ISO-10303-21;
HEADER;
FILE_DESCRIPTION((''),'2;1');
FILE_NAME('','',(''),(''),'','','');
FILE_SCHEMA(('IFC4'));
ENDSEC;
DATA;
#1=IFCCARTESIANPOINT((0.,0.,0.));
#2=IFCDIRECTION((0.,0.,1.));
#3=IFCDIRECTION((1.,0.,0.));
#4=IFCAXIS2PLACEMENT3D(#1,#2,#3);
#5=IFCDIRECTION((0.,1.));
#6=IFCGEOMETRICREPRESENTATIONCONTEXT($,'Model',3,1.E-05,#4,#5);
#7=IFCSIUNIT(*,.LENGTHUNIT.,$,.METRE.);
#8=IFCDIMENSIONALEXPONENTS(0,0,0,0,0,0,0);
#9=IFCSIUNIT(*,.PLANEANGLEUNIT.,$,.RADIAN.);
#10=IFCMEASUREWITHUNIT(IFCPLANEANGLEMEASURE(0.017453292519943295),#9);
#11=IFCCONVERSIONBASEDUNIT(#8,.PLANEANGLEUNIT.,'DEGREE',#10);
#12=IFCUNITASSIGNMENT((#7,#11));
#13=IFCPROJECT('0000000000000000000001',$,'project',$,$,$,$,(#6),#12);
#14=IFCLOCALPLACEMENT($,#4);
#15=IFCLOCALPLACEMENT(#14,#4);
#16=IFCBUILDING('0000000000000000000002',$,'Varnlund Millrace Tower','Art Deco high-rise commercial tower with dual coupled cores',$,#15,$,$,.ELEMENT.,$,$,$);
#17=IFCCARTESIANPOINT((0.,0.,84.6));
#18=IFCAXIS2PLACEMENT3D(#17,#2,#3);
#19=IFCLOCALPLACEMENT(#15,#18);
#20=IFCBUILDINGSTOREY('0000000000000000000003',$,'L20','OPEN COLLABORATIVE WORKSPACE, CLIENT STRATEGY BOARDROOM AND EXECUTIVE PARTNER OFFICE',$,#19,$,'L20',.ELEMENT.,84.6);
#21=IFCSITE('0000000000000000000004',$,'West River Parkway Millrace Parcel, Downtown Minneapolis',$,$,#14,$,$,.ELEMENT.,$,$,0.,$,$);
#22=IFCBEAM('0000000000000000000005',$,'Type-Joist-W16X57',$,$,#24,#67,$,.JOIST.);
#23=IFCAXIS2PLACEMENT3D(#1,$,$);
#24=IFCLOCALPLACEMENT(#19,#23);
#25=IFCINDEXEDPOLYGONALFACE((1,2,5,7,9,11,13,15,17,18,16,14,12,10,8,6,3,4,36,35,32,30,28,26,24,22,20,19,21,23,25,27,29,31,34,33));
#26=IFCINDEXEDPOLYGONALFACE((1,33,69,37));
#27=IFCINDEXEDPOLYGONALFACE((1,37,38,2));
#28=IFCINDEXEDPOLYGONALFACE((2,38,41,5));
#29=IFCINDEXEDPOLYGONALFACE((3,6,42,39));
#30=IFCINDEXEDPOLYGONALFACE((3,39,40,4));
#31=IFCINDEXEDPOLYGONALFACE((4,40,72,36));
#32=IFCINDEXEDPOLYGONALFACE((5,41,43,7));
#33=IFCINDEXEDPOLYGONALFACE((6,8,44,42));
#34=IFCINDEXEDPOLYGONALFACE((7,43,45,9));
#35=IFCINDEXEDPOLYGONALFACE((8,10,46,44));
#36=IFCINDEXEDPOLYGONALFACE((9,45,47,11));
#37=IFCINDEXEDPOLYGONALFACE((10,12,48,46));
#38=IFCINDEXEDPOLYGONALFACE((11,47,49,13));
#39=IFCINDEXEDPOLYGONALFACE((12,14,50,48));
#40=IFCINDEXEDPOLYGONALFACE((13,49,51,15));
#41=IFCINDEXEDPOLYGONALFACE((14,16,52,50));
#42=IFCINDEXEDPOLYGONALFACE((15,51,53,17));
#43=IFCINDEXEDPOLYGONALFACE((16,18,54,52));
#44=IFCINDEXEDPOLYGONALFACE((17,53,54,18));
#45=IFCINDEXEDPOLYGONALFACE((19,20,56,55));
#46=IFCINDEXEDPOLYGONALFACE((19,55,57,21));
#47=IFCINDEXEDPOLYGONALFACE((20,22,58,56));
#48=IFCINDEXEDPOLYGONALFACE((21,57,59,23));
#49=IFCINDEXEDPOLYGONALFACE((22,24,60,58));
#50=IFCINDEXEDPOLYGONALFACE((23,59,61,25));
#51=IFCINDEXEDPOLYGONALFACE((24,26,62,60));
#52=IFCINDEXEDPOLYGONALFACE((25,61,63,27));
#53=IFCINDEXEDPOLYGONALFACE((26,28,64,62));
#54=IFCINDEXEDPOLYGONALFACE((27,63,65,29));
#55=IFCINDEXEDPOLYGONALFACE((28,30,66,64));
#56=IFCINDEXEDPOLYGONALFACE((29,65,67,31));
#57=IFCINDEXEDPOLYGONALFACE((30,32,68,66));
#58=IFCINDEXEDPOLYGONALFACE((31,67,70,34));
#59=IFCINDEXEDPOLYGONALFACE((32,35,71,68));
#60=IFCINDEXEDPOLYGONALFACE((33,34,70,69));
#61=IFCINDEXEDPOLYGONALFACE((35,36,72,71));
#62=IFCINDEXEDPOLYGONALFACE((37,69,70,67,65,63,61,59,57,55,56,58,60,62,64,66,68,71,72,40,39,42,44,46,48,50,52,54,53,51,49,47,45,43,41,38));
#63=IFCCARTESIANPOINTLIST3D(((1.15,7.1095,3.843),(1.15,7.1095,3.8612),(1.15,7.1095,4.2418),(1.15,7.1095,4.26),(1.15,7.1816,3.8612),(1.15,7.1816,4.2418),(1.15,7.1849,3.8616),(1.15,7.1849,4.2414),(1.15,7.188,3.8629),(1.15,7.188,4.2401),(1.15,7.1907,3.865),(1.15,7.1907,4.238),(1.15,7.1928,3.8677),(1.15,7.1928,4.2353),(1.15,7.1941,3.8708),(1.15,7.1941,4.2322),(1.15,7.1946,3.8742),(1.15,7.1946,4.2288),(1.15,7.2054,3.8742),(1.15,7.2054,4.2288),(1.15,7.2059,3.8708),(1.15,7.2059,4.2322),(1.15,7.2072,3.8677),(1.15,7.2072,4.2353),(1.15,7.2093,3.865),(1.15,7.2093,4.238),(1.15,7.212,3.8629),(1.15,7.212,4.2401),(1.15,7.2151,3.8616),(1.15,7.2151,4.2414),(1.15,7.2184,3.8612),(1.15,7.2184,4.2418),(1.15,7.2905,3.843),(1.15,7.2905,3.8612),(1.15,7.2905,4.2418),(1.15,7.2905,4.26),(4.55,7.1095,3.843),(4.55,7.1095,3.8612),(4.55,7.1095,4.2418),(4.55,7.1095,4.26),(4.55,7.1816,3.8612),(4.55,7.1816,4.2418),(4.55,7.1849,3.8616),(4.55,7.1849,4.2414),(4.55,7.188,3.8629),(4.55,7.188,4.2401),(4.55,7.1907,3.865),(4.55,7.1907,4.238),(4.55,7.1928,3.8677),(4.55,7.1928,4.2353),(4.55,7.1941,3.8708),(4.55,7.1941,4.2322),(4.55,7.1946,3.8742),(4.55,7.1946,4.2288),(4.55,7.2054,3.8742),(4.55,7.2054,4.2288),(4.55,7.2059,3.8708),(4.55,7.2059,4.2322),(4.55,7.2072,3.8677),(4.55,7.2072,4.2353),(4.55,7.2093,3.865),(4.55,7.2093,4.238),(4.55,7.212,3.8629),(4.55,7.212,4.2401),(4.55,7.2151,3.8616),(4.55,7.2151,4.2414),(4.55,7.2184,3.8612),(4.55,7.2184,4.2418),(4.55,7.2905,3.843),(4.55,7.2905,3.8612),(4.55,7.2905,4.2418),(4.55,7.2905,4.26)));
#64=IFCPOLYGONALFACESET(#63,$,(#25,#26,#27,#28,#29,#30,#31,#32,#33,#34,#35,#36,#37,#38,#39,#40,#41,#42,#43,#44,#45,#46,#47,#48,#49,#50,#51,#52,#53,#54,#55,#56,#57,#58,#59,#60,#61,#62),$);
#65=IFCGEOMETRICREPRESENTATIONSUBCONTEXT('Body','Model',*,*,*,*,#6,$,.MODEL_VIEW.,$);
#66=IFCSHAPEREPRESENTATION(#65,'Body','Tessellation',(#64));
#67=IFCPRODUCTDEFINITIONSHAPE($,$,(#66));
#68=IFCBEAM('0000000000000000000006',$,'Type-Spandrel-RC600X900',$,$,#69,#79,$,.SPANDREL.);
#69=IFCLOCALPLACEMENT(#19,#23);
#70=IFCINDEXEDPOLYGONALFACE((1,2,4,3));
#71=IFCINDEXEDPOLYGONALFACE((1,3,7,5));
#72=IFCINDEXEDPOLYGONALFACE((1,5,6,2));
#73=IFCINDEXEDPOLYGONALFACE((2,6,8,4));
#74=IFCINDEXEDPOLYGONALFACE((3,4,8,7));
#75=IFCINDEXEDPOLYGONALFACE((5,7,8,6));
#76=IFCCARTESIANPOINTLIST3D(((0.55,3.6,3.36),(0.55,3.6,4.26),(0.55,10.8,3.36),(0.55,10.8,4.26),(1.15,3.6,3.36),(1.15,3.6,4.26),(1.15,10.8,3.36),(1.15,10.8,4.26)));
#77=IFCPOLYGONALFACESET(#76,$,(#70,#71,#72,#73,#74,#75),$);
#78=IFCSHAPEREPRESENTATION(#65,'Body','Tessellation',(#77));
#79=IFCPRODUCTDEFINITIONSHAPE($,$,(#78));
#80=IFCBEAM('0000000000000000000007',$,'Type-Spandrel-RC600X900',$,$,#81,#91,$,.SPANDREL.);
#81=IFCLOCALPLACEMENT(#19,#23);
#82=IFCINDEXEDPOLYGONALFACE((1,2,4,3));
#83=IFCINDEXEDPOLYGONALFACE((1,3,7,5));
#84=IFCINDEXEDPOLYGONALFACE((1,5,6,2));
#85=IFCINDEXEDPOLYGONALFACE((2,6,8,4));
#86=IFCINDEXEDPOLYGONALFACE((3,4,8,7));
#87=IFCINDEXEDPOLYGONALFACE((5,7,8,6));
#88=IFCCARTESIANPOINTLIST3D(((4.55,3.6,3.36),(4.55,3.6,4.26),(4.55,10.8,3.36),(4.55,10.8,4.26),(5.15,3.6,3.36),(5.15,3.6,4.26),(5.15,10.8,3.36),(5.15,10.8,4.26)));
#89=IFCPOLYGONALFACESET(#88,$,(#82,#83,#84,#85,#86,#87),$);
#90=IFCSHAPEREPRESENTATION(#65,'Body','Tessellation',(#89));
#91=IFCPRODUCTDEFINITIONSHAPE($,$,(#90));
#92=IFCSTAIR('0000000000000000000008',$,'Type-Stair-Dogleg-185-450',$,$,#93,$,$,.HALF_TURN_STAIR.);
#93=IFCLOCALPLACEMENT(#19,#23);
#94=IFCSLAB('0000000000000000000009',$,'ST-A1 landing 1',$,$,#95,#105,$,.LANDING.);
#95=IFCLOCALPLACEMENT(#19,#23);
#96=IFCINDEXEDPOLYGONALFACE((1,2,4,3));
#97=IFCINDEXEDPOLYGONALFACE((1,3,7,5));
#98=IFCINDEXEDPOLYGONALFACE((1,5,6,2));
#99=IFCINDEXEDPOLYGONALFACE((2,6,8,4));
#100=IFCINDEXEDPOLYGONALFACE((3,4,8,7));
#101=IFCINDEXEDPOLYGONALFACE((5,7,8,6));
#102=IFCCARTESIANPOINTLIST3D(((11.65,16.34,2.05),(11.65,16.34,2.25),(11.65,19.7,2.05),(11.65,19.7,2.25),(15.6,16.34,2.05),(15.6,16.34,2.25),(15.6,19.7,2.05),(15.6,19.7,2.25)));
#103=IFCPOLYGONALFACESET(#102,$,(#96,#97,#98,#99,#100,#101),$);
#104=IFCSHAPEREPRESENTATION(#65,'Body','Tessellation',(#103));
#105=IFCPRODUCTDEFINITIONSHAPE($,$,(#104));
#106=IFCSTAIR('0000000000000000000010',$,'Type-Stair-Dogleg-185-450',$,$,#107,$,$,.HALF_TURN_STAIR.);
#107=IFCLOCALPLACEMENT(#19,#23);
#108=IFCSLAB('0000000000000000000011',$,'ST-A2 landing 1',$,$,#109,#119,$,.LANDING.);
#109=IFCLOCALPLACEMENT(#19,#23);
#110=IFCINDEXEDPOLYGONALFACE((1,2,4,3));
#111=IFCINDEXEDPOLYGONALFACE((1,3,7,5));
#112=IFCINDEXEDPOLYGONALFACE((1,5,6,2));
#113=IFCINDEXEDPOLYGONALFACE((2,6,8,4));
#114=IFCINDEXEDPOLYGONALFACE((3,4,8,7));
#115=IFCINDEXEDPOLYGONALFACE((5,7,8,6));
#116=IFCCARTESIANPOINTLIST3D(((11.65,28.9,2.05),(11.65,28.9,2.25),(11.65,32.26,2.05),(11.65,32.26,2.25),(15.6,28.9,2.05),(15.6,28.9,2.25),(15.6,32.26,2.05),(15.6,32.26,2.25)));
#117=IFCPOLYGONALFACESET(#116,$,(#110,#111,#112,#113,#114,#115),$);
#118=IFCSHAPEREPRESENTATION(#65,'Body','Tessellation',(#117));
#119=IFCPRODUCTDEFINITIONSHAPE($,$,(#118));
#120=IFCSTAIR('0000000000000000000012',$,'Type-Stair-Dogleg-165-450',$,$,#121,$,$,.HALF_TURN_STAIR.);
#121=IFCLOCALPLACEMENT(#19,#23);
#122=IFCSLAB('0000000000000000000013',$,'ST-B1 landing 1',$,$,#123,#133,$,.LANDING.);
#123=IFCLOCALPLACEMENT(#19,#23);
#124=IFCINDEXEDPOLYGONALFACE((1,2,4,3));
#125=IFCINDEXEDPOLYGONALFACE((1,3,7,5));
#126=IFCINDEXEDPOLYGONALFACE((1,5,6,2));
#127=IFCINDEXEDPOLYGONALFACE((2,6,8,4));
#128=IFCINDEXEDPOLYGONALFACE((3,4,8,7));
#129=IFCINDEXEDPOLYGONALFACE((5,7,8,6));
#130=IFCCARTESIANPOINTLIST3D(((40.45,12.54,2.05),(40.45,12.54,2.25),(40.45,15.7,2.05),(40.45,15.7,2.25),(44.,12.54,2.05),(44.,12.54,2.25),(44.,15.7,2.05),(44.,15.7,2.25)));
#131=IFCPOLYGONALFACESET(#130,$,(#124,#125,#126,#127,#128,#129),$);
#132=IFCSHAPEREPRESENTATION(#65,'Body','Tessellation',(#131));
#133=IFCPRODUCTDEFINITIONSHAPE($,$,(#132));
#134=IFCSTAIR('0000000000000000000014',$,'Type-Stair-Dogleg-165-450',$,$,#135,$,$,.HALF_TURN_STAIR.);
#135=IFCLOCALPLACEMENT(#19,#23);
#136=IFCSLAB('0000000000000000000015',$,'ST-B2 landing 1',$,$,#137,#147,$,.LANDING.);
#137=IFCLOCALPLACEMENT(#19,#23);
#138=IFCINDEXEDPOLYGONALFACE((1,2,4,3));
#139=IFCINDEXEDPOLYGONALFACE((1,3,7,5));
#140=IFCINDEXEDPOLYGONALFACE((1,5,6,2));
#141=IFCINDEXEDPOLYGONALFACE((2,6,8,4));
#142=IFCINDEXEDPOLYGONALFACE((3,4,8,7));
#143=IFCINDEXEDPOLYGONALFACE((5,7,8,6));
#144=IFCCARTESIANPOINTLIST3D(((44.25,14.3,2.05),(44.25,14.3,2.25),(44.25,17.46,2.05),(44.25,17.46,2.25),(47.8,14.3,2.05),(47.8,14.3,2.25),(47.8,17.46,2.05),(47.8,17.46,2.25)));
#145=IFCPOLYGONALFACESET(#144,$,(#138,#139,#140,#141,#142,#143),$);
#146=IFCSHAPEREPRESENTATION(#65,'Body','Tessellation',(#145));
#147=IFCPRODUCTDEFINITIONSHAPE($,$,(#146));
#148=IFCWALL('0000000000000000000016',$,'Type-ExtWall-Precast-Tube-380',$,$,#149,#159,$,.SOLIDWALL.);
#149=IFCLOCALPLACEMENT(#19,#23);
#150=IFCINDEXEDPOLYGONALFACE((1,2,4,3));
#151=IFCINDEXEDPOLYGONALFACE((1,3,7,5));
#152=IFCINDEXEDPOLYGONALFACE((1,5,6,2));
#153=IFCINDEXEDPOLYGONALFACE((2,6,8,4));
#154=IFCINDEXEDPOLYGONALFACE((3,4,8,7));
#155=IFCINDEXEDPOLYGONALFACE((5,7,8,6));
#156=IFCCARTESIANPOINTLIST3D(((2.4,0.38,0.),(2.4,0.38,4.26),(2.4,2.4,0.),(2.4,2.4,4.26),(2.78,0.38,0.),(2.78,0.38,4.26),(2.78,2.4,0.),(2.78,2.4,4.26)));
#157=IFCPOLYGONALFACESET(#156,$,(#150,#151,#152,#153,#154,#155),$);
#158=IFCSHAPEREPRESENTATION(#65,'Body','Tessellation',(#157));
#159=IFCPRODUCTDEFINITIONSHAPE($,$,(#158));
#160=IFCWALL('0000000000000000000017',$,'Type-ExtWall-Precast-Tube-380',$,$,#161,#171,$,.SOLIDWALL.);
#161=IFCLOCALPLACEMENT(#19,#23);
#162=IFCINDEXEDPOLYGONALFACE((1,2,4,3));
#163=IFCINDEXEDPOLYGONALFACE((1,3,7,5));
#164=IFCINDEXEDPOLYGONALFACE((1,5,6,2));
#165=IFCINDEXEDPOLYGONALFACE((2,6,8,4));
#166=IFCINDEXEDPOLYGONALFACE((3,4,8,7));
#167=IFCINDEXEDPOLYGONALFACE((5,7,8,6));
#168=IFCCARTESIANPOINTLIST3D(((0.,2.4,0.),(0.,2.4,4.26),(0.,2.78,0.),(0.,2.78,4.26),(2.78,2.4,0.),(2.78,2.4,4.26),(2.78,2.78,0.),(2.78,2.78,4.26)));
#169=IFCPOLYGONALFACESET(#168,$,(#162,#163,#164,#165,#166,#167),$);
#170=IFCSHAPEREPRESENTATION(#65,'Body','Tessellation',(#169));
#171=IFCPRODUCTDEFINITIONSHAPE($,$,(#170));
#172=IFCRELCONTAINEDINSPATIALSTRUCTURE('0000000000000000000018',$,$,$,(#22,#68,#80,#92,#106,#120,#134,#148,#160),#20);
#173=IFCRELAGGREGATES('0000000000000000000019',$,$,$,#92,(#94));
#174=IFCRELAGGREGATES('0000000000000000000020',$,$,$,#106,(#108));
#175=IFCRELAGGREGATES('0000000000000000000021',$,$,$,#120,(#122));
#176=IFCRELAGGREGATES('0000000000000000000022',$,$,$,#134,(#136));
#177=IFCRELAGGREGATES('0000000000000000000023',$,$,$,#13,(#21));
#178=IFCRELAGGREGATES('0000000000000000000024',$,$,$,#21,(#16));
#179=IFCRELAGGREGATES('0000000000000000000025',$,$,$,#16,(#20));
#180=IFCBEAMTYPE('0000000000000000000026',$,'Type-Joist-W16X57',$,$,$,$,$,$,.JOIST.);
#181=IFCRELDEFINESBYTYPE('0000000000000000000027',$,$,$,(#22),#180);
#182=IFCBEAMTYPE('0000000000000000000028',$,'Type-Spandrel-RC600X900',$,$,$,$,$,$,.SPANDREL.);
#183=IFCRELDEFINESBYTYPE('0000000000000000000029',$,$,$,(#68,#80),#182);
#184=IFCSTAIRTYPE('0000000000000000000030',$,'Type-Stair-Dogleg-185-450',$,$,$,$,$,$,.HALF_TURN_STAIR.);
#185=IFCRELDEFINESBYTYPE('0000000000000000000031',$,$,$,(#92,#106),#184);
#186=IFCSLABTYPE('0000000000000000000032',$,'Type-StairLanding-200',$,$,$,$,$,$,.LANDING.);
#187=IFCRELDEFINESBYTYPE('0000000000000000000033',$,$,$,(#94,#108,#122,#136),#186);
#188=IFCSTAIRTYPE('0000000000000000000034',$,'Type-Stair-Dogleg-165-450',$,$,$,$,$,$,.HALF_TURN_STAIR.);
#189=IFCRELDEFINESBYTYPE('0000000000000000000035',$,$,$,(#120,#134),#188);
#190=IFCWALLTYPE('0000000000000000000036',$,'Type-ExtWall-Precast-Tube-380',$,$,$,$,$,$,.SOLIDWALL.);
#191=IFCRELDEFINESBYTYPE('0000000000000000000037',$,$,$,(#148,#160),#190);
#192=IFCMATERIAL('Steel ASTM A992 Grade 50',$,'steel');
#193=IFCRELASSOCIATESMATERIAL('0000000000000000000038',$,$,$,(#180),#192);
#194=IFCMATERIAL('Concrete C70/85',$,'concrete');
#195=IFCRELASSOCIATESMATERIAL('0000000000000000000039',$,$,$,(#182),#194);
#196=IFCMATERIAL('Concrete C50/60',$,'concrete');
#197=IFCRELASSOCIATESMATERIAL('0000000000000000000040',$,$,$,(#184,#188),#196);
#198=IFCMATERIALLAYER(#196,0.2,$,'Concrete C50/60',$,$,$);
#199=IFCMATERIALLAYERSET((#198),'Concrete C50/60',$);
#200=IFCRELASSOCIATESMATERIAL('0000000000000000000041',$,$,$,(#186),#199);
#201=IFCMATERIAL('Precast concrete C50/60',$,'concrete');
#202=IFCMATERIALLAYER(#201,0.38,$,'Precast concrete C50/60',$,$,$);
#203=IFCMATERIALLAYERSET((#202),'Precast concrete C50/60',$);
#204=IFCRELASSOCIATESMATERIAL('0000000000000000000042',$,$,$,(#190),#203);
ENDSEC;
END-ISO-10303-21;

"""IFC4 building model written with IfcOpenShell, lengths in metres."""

from ifc_helpers import new_model, entity, si_unit, converted_unit, direction, frame, origin_with_axes, origin_2d_with_axis, place, context, subcontext, project, spatial, polyline, rectangle, i_section, outline, extrude, material, layer, layer_set, material_profile, profile_set, type_object, element, aggregate, save


model = new_model("IFC4")

# Units and contexts
model_context = context("Model", 3, precision=1e-05, world=origin_with_axes(), true_north=direction((0.0, 1.0)))
body_context = subcontext(model_context, "Body", "Model", "MODEL_VIEW")
ifc_project = project(units=[si_unit("LENGTHUNIT", "METRE"), converted_unit("PLANEANGLEUNIT", "DEGREE", entity("IfcPlaneAngleMeasure", 0.017453292519943295), si_unit("PLANEANGLEUNIT", "RADIAN"), dimensions=[0, 0, 0, 0, 0, 0, 0])], contexts=[model_context])

# Site, building, storey
site_placement = place(None, origin_with_axes())
site = spatial("IfcSite", under=ifc_project, at=site_placement, Name="West River Parkway Millrace Parcel, Downtown Minneapolis", CompositionType="ELEMENT", RefElevation=0.0)
building_placement = place(site_placement, origin_with_axes())
building = spatial("IfcBuilding", under=site, at=building_placement, Name="Varnlund Millrace Tower", Description="Art Deco high-rise commercial tower with dual coupled cores", CompositionType="ELEMENT")
storey_placement = place(building_placement, frame((0.0, 0.0, 84.6), z_axis=(0.0, 0.0, 1.0), x_axis=(1.0, 0.0, 0.0)))
storey = spatial("IfcBuildingStorey", under=building, at=storey_placement, Name="L20", Description="OPEN COLLABORATIVE WORKSPACE, CLIENT STRATEGY BOARDROOM AND EXECUTIVE PARTNER OFFICE", LongName="L20", CompositionType="ELEMENT", Elevation=84.6)

# Beams
ifc_material_1 = material(Name="Steel ASTM A992 Grade 50", Category="steel")
ifc_material_profile_1 = material_profile(ifc_material_1, i_section(OverallWidth=0.181, OverallDepth=0.417, WebThickness=0.0109, FlangeThickness=0.0182, FilletRadius=0.013, at=origin_2d_with_axis()), Name="Steel ASTM A992 Grade 50")
ifc_profile_set_1 = profile_set([ifc_material_profile_1], Name="Steel ASTM A992 Grade 50")
beam_type_1 = type_object("IfcBeamType", Name="Type-Joist-W16X57", PredefinedType="JOIST", material=ifc_profile_set_1)
beam_1_placement = place(storey_placement, frame((1.15, 7.2, 4.0515), z_axis=(1.0, 0.0, 0.0), x_axis=(0.0, 1.0, 0.0)))
element("IfcBeam", 1, at=beam_1_placement, inside=storey, type_object=beam_type_1, Name="Type-Joist-W16X57", PredefinedType="JOIST", context=body_context, shape_type="SweptSolid", body=[
    extrude(i_section(OverallWidth=0.181, OverallDepth=0.417, WebThickness=0.0109, FlangeThickness=0.0182, FilletRadius=0.013, at=origin_2d_with_axis()), origin_with_axes(), (0.0, 0.0, 1.0), 3.4),
])
ifc_material_2 = material(Name="Concrete C70/85", Category="concrete")
ifc_material_profile_2 = material_profile(ifc_material_2, rectangle(XDim=0.6, YDim=0.9, at=origin_2d_with_axis()), Name="Concrete C70/85")
ifc_profile_set_2 = profile_set([ifc_material_profile_2], Name="Concrete C70/85")
beam_type_2 = type_object("IfcBeamType", Name="Type-Spandrel-RC600X900", PredefinedType="SPANDREL", material=ifc_profile_set_2)
for number, where, z_axis, x_axis, name in (
    (2, (0.85, 3.6, 3.81), (0.0, 1.0, 0.0), (-1.0, 0.0, 0.0), "Type-Spandrel-RC600X900"),
    (3, (4.85, 3.6, 3.81), (0.0, 1.0, 0.0), (-1.0, 0.0, 0.0), "Type-Spandrel-RC600X900"),
):
    element("IfcBeam", number, at=place(storey_placement, frame(where, z_axis=z_axis, x_axis=x_axis)), inside=storey, type_object=beam_type_2, Name=name, PredefinedType="SPANDREL", context=body_context, shape_type="SweptSolid", body=[
        extrude(rectangle(XDim=0.6, YDim=0.9, at=origin_2d_with_axis()), origin_with_axes(), (0.0, 0.0, 1.0), 7.2),
    ])

# Stairs, slabs
ifc_material_3 = material(Name="Concrete C50/60", Category="concrete")
stair_type_1 = type_object("IfcStairType", Name="Type-Stair-Dogleg-185-450", PredefinedType="HALF_TURN_STAIR", material=ifc_material_3)
stair_1_placement = place(storey_placement, origin_with_axes())
stair_1 = element("IfcStair", 4, at=stair_1_placement, inside=storey, type_object=stair_type_1, Name="Type-Stair-Dogleg-185-450", PredefinedType="HALF_TURN_STAIR")
ifc_layer_1 = layer(ifc_material_3, 0.2, Name="Concrete C50/60")
ifc_layer_set_1 = layer_set([ifc_layer_1], Name="Concrete C50/60")
slab_type = type_object("IfcSlabType", Name="Type-StairLanding-200", PredefinedType="LANDING", material=ifc_layer_set_1)
slab_1_placement = place(storey_placement, frame((0.0, 0.0, 2.05), z_axis=(0.0, 0.0, 1.0), x_axis=(1.0, 0.0, 0.0)))
slab_1 = element("IfcSlab", 5, at=slab_1_placement, type_object=slab_type, Name="ST-A1 landing 1", PredefinedType="LANDING", context=body_context, shape_type="SweptSolid", body=[
    extrude(outline(polyline([(15.6, 16.34), (15.6, 19.7), (11.65, 19.7), (11.65, 16.34), (15.6, 16.34)])), origin_with_axes(), (0.0, 0.0, 1.0), 0.2),
])
aggregate(stair_1, [slab_1])
stair_2_placement = place(storey_placement, origin_with_axes())
stair_2 = element("IfcStair", 6, at=stair_2_placement, inside=storey, type_object=stair_type_1, Name="Type-Stair-Dogleg-185-450", PredefinedType="HALF_TURN_STAIR")
slab_2_placement = place(storey_placement, frame((0.0, 0.0, 2.05), z_axis=(0.0, 0.0, 1.0), x_axis=(1.0, 0.0, 0.0)))
slab_2 = element("IfcSlab", 7, at=slab_2_placement, type_object=slab_type, Name="ST-A2 landing 1", PredefinedType="LANDING", context=body_context, shape_type="SweptSolid", body=[
    extrude(outline(polyline([(11.65, 32.26), (11.65, 28.9), (15.6, 28.9), (15.6, 32.26), (11.65, 32.26)])), origin_with_axes(), (0.0, 0.0, 1.0), 0.2),
])
aggregate(stair_2, [slab_2])
stair_type_2 = type_object("IfcStairType", Name="Type-Stair-Dogleg-165-450", PredefinedType="HALF_TURN_STAIR", material=ifc_material_3)
stair_3_placement = place(storey_placement, origin_with_axes())
stair_3 = element("IfcStair", 8, at=stair_3_placement, inside=storey, type_object=stair_type_2, Name="Type-Stair-Dogleg-165-450", PredefinedType="HALF_TURN_STAIR")
slab_3_placement = place(storey_placement, frame((0.0, 0.0, 2.05), z_axis=(0.0, 0.0, 1.0), x_axis=(1.0, 0.0, 0.0)))
slab_3 = element("IfcSlab", 9, at=slab_3_placement, type_object=slab_type, Name="ST-B1 landing 1", PredefinedType="LANDING", context=body_context, shape_type="SweptSolid", body=[
    extrude(outline(polyline([(44.0, 12.54), (44.0, 15.7), (40.45, 15.7), (40.45, 12.54), (44.0, 12.54)])), origin_with_axes(), (0.0, 0.0, 1.0), 0.2),
])
aggregate(stair_3, [slab_3])
stair_4_placement = place(storey_placement, origin_with_axes())
stair_4 = element("IfcStair", 10, at=stair_4_placement, inside=storey, type_object=stair_type_2, Name="Type-Stair-Dogleg-165-450", PredefinedType="HALF_TURN_STAIR")
slab_4_placement = place(storey_placement, frame((0.0, 0.0, 2.05), z_axis=(0.0, 0.0, 1.0), x_axis=(1.0, 0.0, 0.0)))
slab_4 = element("IfcSlab", 11, at=slab_4_placement, type_object=slab_type, Name="ST-B2 landing 1", PredefinedType="LANDING", context=body_context, shape_type="SweptSolid", body=[
    extrude(outline(polyline([(44.25, 17.46), (44.25, 14.3), (47.8, 14.3), (47.8, 17.46), (44.25, 17.46)])), origin_with_axes(), (0.0, 0.0, 1.0), 0.2),
])
aggregate(stair_4, [slab_4])

# Walls
ifc_material_4 = material(Name="Precast concrete C50/60", Category="concrete")
ifc_layer_2 = layer(ifc_material_4, 0.38, Name="Precast concrete C50/60")
ifc_layer_set_2 = layer_set([ifc_layer_2], Name="Precast concrete C50/60")
wall_type = type_object("IfcWallType", Name="Type-ExtWall-Precast-Tube-380", PredefinedType="SOLIDWALL", material=ifc_layer_set_2)
wall_1_placement = place(storey_placement, frame((2.59, 0.38, 0.0), z_axis=(0.0, 0.0, 1.0), x_axis=(0.0, 1.0, 0.0)))
element("IfcWall", 12, at=wall_1_placement, inside=storey, type_object=wall_type, Name="Type-ExtWall-Precast-Tube-380", PredefinedType="SOLIDWALL", context=body_context, shape_type="SweptSolid", body=[
    extrude(outline(polyline([(0.0, -0.19), (2.02, -0.19), (2.02, 0.19), (0.0, 0.19), (0.0, -0.19)])), origin_with_axes(), (0.0, 0.0, 1.0), 4.26),
])
wall_2_placement = place(storey_placement, frame((2.78, 2.59, 0.0), z_axis=(0.0, 0.0, 1.0), x_axis=(-1.0, 0.0, 0.0)))
element("IfcWall", 13, at=wall_2_placement, inside=storey, type_object=wall_type, Name="Type-ExtWall-Precast-Tube-380", PredefinedType="SOLIDWALL", context=body_context, shape_type="SweptSolid", body=[
    extrude(outline(polyline([(0.0, -0.19), (2.78, -0.19), (2.78, 0.19), (0.0, 0.19), (0.0, -0.19)])), origin_with_axes(), (0.0, 0.0, 1.0), 4.26),
])

save(model, "model.ifc")
